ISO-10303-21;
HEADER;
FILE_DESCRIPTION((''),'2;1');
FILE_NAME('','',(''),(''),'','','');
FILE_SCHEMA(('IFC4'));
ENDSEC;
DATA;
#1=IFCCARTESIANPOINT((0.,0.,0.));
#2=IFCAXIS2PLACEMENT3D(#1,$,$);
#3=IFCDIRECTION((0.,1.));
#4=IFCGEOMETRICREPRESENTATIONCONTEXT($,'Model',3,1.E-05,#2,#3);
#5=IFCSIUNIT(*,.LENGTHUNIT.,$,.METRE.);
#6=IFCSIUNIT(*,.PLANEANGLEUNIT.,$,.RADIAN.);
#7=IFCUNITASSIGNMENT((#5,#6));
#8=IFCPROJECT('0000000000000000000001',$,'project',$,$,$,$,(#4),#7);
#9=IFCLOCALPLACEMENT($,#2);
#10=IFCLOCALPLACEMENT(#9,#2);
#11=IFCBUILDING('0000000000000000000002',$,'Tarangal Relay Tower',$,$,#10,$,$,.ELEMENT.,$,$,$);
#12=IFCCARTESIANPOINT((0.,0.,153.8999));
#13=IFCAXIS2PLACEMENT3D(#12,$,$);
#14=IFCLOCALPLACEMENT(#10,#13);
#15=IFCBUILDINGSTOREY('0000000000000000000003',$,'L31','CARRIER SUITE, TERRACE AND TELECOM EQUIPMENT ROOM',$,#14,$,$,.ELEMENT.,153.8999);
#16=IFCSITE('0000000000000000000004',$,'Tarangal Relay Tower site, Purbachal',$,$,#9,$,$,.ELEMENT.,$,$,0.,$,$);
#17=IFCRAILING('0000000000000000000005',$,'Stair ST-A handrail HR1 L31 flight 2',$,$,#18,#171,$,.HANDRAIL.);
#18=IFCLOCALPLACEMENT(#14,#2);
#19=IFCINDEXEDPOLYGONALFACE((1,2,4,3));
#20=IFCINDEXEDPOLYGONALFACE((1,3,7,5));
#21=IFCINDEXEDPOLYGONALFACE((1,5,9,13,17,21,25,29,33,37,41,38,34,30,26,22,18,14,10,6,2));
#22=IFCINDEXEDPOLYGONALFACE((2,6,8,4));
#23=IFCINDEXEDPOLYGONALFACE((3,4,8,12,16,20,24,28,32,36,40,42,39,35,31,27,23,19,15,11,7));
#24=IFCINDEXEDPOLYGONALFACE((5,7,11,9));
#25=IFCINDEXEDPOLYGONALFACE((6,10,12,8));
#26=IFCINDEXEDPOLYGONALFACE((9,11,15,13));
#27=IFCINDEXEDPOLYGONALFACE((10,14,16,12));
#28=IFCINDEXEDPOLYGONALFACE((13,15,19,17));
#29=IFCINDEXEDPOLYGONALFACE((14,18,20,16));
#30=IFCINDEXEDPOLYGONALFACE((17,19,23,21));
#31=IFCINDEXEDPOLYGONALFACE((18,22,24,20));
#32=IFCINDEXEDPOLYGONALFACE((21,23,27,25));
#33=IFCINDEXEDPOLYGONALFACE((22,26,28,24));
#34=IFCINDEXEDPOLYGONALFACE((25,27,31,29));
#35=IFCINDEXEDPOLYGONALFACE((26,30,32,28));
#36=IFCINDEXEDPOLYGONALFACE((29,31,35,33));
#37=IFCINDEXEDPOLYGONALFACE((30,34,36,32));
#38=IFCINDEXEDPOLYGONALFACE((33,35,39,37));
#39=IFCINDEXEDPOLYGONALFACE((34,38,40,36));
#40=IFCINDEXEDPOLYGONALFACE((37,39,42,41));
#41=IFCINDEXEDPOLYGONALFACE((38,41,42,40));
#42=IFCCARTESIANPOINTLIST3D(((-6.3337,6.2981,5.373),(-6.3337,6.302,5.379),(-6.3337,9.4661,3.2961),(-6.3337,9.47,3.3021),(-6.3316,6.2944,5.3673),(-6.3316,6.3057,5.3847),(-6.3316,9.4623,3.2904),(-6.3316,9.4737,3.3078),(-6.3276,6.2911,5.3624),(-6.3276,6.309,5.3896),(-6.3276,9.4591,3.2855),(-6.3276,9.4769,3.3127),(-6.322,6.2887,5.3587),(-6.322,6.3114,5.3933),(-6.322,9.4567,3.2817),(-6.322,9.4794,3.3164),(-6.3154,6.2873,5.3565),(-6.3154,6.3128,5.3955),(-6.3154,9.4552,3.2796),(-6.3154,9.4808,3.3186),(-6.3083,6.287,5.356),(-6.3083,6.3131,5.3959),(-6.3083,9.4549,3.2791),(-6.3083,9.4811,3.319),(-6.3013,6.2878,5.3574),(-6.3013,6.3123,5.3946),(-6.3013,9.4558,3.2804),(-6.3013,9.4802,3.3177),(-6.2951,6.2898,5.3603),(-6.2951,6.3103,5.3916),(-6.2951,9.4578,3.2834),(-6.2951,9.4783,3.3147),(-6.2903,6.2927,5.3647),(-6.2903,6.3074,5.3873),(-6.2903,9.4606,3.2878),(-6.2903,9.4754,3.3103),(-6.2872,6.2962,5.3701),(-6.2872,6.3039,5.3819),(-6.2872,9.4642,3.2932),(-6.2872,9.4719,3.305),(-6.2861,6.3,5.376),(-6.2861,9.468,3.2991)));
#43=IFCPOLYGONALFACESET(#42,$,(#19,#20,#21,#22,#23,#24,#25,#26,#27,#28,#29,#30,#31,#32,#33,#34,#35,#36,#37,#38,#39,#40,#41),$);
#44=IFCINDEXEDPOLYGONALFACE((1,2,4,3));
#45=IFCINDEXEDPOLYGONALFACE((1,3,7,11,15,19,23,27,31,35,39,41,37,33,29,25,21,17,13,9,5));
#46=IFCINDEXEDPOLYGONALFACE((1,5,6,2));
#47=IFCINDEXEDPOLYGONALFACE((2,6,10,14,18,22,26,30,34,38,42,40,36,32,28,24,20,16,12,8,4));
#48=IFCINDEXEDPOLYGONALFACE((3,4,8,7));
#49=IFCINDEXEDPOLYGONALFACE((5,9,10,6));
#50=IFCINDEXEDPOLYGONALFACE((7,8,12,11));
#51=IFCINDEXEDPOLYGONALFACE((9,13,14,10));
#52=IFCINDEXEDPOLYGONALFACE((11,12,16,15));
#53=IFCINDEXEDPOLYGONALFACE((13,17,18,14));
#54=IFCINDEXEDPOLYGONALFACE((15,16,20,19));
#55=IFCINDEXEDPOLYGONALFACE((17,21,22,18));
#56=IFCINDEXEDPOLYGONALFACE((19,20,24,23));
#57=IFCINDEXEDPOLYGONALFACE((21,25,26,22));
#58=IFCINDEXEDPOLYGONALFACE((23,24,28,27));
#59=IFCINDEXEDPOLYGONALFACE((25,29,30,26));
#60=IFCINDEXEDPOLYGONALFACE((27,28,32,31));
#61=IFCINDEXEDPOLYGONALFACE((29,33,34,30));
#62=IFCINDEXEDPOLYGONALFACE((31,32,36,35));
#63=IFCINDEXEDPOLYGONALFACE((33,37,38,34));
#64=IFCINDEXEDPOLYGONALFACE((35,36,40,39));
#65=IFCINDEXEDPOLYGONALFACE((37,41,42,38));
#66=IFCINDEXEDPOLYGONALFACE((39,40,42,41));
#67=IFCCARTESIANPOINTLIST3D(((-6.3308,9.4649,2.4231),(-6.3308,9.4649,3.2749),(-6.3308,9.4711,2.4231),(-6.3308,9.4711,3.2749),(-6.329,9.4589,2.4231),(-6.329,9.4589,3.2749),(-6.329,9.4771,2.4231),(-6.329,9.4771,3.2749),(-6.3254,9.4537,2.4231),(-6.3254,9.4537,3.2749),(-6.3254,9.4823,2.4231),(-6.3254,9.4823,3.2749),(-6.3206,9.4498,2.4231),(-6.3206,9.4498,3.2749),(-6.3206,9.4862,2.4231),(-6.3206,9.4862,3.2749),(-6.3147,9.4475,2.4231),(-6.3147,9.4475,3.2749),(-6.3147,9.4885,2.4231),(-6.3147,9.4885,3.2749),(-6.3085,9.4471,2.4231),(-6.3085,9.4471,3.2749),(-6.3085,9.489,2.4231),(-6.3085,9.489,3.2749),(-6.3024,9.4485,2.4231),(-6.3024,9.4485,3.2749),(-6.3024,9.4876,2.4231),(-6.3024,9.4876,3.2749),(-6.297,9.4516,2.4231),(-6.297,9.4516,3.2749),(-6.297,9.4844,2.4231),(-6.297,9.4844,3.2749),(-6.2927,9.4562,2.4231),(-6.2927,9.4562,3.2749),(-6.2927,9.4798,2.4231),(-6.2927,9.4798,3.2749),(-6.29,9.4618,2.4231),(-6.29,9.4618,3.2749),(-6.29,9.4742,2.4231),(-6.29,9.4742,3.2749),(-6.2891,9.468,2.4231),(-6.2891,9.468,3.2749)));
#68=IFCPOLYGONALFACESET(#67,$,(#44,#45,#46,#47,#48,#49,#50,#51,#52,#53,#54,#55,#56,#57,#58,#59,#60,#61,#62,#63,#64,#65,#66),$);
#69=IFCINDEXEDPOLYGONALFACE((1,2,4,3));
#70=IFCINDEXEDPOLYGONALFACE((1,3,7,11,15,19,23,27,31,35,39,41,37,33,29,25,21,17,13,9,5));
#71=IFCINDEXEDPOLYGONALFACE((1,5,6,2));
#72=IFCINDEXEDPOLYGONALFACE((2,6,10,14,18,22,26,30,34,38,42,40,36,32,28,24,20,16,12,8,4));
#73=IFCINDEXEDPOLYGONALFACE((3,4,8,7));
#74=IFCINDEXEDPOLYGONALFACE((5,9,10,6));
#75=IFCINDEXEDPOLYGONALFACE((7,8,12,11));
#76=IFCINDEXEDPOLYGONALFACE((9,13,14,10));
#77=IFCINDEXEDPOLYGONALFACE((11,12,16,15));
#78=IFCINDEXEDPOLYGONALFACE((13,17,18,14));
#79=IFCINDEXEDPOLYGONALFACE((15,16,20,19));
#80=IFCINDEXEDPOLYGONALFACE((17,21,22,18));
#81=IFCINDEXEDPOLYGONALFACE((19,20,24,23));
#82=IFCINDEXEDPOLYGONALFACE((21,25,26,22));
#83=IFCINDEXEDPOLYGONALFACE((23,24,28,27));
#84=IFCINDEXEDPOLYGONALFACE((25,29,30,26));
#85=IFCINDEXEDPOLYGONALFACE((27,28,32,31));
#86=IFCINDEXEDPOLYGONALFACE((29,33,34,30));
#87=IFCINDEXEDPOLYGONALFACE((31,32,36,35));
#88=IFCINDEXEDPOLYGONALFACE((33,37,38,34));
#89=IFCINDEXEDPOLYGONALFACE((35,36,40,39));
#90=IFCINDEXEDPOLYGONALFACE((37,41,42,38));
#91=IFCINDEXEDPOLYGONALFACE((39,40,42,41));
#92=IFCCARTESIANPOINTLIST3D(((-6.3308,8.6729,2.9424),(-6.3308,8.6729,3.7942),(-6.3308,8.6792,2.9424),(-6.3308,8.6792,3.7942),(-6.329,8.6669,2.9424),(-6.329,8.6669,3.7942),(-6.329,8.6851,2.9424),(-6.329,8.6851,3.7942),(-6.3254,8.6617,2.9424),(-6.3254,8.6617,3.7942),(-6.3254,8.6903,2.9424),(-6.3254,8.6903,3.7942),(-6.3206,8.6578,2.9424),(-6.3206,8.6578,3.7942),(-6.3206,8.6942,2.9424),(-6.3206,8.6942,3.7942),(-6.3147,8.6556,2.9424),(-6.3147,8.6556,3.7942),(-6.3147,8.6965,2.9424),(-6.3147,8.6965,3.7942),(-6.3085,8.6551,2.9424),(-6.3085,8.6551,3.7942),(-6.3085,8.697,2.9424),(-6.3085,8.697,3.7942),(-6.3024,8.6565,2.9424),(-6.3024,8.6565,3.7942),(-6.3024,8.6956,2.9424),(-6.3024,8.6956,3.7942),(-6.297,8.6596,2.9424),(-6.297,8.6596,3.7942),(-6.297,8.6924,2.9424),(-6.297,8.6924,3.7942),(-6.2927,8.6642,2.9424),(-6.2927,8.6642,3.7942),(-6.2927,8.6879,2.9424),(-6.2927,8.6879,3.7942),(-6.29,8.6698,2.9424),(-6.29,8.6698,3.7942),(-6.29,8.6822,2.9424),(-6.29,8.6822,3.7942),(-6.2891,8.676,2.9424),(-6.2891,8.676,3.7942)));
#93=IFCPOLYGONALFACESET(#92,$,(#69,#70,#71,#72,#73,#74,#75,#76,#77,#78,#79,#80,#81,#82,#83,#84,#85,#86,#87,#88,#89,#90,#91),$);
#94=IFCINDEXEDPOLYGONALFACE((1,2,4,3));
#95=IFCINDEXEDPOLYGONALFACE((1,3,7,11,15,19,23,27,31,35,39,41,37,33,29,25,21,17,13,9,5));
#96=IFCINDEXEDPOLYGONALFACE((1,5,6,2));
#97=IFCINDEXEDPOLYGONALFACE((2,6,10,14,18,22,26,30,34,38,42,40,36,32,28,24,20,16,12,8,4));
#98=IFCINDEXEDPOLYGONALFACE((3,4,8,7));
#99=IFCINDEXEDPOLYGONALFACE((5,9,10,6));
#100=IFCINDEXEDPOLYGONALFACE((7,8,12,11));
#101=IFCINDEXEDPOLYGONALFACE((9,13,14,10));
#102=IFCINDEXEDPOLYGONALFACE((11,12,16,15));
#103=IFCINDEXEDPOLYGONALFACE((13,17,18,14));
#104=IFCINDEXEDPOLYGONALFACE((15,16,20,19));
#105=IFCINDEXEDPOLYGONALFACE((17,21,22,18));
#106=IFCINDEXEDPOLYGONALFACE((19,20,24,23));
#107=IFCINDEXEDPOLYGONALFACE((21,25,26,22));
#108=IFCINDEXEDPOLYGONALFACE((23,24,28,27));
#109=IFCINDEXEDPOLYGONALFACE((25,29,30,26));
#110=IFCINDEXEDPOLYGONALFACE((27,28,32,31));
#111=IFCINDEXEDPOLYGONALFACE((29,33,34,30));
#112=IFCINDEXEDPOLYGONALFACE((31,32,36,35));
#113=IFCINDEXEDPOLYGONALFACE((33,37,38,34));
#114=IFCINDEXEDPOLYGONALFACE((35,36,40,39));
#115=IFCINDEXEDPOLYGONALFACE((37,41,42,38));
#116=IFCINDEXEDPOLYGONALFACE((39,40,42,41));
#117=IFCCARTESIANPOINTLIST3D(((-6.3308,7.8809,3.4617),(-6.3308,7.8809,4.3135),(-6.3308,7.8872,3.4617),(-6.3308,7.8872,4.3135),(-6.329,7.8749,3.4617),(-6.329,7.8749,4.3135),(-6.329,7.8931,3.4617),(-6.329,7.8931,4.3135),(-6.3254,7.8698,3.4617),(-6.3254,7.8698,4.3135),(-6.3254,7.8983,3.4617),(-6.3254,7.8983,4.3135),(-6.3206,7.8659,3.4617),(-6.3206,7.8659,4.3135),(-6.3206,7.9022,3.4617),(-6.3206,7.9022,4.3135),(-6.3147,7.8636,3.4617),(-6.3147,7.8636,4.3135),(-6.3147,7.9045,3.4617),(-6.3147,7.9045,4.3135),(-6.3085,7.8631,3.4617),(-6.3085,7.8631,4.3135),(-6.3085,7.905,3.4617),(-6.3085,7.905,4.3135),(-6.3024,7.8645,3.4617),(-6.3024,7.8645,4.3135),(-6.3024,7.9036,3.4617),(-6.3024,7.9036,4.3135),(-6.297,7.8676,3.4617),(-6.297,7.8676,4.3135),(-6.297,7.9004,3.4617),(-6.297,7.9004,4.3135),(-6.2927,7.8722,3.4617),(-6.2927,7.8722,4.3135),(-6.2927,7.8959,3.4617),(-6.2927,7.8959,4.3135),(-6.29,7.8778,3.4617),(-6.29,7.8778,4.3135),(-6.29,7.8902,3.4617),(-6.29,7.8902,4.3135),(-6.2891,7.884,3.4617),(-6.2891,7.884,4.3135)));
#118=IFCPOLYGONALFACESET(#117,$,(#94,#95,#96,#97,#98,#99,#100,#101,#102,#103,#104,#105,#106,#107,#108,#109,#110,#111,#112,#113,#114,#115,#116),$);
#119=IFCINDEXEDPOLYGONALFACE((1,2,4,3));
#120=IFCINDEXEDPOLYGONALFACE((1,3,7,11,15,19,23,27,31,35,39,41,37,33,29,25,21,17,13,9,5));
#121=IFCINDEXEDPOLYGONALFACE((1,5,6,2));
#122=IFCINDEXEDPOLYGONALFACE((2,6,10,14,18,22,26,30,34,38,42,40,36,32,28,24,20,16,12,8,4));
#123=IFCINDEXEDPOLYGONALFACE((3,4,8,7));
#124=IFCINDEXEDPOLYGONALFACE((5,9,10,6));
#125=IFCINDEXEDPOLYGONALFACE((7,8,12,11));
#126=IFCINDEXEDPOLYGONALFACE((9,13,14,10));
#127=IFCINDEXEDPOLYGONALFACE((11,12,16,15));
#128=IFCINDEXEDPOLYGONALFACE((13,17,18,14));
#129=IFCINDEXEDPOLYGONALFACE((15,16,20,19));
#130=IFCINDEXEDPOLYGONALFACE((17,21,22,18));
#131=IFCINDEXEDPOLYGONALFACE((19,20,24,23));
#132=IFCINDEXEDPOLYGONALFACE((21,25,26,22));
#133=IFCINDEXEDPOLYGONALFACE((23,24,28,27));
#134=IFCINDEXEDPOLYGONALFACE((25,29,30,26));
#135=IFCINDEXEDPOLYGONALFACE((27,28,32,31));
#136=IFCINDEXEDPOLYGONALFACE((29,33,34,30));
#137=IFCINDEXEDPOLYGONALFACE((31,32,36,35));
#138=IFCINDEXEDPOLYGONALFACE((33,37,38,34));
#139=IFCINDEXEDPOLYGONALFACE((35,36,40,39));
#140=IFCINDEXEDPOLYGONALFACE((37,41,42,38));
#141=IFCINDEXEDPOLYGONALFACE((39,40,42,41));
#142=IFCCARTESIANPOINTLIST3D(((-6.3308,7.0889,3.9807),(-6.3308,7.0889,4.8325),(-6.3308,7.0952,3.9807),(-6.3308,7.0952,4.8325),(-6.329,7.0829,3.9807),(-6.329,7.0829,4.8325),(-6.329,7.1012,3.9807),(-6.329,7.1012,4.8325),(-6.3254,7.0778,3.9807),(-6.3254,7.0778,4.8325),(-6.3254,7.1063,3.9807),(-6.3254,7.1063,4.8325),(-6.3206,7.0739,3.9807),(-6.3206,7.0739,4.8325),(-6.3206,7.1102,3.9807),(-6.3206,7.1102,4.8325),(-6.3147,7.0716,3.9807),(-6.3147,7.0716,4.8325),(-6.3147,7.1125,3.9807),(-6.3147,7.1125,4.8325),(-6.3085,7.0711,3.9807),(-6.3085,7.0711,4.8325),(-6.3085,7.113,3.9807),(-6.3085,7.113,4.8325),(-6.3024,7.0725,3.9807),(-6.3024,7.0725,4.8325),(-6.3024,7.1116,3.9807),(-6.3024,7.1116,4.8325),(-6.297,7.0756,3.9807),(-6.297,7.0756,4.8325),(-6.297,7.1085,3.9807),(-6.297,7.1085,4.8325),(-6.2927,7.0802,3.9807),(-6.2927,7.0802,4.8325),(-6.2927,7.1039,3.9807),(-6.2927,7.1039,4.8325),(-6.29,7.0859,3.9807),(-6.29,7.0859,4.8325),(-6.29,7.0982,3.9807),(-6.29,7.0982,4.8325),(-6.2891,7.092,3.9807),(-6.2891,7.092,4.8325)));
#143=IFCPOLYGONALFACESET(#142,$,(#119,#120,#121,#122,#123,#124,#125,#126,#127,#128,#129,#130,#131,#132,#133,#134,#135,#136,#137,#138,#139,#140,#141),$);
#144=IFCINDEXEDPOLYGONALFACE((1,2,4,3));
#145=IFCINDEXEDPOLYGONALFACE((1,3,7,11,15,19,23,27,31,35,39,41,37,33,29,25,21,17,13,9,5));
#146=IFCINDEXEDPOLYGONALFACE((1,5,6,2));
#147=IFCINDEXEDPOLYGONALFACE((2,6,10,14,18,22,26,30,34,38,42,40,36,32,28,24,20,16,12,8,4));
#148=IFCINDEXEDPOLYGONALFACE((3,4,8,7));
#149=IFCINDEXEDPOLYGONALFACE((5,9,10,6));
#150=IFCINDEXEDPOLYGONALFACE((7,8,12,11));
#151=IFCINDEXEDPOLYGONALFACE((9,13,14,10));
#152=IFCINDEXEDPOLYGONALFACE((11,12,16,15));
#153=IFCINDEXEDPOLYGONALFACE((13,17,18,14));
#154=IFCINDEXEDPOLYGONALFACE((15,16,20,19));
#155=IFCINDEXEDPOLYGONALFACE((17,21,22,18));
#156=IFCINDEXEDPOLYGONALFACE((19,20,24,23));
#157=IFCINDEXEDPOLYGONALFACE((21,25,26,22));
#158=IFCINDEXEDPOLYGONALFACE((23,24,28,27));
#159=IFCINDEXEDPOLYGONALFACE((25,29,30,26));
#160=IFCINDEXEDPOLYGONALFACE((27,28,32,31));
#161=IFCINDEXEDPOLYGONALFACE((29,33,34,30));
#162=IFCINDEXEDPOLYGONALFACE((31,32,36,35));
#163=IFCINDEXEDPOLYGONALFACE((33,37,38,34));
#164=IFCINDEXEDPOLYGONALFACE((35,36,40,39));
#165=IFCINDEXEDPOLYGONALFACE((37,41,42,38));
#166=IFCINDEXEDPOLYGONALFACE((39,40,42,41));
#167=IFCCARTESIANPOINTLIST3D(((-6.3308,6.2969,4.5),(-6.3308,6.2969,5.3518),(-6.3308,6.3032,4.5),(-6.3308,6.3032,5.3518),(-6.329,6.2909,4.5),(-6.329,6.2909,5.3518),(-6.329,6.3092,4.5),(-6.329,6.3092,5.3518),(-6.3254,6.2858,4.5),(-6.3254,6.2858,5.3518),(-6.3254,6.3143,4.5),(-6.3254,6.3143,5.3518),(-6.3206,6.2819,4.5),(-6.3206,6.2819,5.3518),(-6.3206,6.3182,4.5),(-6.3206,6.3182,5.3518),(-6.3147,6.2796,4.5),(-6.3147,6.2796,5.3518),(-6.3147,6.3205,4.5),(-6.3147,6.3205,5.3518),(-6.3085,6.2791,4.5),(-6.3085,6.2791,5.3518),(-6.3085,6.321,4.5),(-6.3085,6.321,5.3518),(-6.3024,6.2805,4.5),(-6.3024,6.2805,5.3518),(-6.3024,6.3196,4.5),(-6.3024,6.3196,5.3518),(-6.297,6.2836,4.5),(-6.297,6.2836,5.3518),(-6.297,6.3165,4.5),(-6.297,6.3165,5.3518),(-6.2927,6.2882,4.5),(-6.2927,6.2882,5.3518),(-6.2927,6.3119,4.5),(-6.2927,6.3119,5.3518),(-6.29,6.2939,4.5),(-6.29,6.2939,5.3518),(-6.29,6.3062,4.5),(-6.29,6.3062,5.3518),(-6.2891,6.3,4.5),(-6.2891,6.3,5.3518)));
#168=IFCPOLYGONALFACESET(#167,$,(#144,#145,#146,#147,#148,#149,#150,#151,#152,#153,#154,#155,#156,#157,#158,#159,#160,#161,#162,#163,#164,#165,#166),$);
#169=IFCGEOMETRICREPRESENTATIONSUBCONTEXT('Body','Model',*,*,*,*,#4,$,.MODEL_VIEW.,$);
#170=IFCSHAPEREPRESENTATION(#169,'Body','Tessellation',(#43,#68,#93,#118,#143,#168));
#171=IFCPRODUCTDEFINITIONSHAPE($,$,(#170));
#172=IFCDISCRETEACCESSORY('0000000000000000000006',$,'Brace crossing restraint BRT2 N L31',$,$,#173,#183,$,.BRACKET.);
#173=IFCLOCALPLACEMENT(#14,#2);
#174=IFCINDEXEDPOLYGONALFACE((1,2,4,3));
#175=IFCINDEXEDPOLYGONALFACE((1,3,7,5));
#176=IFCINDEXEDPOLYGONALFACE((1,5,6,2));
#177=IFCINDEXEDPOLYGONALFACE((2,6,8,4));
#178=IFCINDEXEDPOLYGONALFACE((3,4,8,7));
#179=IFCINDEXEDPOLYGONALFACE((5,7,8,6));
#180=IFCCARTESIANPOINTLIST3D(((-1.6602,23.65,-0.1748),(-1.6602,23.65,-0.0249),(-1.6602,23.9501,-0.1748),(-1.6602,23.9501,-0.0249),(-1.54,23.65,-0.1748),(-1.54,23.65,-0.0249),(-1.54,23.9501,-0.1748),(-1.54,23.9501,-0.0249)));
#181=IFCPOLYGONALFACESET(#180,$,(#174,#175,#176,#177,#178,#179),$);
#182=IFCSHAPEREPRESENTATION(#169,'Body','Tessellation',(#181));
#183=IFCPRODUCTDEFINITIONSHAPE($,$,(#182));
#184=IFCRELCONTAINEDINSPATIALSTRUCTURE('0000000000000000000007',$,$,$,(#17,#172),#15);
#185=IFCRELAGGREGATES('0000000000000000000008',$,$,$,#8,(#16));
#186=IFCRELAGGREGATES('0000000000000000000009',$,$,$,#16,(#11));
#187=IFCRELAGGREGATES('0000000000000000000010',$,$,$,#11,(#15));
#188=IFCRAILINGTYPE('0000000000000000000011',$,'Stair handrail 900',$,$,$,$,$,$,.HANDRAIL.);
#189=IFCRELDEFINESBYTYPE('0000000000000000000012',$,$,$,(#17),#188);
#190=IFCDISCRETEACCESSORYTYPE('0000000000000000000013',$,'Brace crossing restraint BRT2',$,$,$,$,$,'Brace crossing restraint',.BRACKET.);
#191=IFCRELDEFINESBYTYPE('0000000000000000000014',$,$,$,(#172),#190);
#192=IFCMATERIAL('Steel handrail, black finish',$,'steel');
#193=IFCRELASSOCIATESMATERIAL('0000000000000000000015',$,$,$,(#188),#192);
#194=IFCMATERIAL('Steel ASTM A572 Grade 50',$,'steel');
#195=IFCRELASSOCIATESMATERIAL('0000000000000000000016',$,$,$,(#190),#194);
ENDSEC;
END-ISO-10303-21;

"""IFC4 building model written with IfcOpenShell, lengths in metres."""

from ifc_helpers import new_model, si_unit, direction, frame, origin, origin_2d, place, context, subcontext, project, spatial, rectangle, circle, extrude, material, type_object, element, save


model = new_model("IFC4")

# Units and contexts
model_context = context("Model", 3, precision=1e-05, world=origin(), true_north=direction((0.0, 1.0)))
body_context = subcontext(model_context, "Body", "Model", "MODEL_VIEW")
ifc_project = project(units=[si_unit("LENGTHUNIT", "METRE"), si_unit("PLANEANGLEUNIT", "RADIAN")], contexts=[model_context])

# Site, building, storey
site_placement = place(None, origin())
site = spatial("IfcSite", under=ifc_project, at=site_placement, Name="Tarangal Relay Tower site, Purbachal", CompositionType="ELEMENT", RefElevation=0.0)
building_placement = place(site_placement, origin())
building = spatial("IfcBuilding", under=site, at=building_placement, Name="Tarangal Relay Tower", CompositionType="ELEMENT")
storey_placement = place(building_placement, frame((0.0, 0.0, 153.8999)))
storey = spatial("IfcBuildingStorey", under=building, at=storey_placement, Name="L31", Description="CARRIER SUITE, TERRACE AND TELECOM EQUIPMENT ROOM", CompositionType="ELEMENT", Elevation=153.8999)

# Shared definitions
ifc_material_1 = material(Name="Steel ASTM A572 Grade 50", Category="steel")

# Railing
ifc_material_2 = material(Name="Steel handrail, black finish", Category="steel")
railing_type_1 = type_object("IfcRailingType", Name="Stair handrail 900", PredefinedType="HANDRAIL", material=ifc_material_2)
railing_1_placement = place(storey_placement, frame((-6.3101, 9.468, 2.4231)))
element("IfcRailing", 1, at=railing_1_placement, inside=storey, type_object=railing_type_1, Name="Stair ST-A handrail HR1 L31 flight 2", PredefinedType="HANDRAIL", context=body_context, shape_type="SweptSolid", body=[
    extrude(circle(Radius=0.0239, at=origin_2d()), frame((0.0, 0.0, 0.876), z_axis=(0.0, -0.836299, 0.548273), x_axis=(1.0, 0.0, 0.0)), (0.0, 0.0, 1.0), 3.7881),
    extrude(circle(Radius=0.021, at=origin_2d()), origin(), (0.0, 0.0, 1.0), 0.8518),
    extrude(circle(Radius=0.021, at=origin_2d()), frame((0.0, -0.792, 0.5193)), (0.0, 0.0, 1.0), 0.8518),
    extrude(circle(Radius=0.021, at=origin_2d()), frame((0.0, -1.584, 1.0386)), (0.0, 0.0, 1.0), 0.8518),
    extrude(circle(Radius=0.021, at=origin_2d()), frame((0.0, -2.376, 1.5576)), (0.0, 0.0, 1.0), 0.8518),
    extrude(circle(Radius=0.021, at=origin_2d()), frame((0.0, -3.168, 2.0769)), (0.0, 0.0, 1.0), 0.8518),
])

# Discrete accessory
discrete_accessory_type = type_object("IfcDiscreteAccessoryType", Name="Brace crossing restraint BRT2", ElementType="Brace crossing restraint", PredefinedType="BRACKET", material=ifc_material_1)
discrete_accessory_placement = place(storey_placement, frame((-1.6001, 23.8, -0.1748), z_axis=(0.0, 0.0, 1.0), x_axis=(1.0, 0.0, 0.0)))
element("IfcDiscreteAccessory", 2, at=discrete_accessory_placement, inside=storey, type_object=discrete_accessory_type, Name="Brace crossing restraint BRT2 N L31", PredefinedType="BRACKET", context=body_context, shape_type="SweptSolid", body=[
    extrude(rectangle(XDim=0.1201, YDim=0.3, at=origin_2d()), origin(), (0.0, 0.0, 1.0), 0.1499),
])

save(model, "model.ifc")
